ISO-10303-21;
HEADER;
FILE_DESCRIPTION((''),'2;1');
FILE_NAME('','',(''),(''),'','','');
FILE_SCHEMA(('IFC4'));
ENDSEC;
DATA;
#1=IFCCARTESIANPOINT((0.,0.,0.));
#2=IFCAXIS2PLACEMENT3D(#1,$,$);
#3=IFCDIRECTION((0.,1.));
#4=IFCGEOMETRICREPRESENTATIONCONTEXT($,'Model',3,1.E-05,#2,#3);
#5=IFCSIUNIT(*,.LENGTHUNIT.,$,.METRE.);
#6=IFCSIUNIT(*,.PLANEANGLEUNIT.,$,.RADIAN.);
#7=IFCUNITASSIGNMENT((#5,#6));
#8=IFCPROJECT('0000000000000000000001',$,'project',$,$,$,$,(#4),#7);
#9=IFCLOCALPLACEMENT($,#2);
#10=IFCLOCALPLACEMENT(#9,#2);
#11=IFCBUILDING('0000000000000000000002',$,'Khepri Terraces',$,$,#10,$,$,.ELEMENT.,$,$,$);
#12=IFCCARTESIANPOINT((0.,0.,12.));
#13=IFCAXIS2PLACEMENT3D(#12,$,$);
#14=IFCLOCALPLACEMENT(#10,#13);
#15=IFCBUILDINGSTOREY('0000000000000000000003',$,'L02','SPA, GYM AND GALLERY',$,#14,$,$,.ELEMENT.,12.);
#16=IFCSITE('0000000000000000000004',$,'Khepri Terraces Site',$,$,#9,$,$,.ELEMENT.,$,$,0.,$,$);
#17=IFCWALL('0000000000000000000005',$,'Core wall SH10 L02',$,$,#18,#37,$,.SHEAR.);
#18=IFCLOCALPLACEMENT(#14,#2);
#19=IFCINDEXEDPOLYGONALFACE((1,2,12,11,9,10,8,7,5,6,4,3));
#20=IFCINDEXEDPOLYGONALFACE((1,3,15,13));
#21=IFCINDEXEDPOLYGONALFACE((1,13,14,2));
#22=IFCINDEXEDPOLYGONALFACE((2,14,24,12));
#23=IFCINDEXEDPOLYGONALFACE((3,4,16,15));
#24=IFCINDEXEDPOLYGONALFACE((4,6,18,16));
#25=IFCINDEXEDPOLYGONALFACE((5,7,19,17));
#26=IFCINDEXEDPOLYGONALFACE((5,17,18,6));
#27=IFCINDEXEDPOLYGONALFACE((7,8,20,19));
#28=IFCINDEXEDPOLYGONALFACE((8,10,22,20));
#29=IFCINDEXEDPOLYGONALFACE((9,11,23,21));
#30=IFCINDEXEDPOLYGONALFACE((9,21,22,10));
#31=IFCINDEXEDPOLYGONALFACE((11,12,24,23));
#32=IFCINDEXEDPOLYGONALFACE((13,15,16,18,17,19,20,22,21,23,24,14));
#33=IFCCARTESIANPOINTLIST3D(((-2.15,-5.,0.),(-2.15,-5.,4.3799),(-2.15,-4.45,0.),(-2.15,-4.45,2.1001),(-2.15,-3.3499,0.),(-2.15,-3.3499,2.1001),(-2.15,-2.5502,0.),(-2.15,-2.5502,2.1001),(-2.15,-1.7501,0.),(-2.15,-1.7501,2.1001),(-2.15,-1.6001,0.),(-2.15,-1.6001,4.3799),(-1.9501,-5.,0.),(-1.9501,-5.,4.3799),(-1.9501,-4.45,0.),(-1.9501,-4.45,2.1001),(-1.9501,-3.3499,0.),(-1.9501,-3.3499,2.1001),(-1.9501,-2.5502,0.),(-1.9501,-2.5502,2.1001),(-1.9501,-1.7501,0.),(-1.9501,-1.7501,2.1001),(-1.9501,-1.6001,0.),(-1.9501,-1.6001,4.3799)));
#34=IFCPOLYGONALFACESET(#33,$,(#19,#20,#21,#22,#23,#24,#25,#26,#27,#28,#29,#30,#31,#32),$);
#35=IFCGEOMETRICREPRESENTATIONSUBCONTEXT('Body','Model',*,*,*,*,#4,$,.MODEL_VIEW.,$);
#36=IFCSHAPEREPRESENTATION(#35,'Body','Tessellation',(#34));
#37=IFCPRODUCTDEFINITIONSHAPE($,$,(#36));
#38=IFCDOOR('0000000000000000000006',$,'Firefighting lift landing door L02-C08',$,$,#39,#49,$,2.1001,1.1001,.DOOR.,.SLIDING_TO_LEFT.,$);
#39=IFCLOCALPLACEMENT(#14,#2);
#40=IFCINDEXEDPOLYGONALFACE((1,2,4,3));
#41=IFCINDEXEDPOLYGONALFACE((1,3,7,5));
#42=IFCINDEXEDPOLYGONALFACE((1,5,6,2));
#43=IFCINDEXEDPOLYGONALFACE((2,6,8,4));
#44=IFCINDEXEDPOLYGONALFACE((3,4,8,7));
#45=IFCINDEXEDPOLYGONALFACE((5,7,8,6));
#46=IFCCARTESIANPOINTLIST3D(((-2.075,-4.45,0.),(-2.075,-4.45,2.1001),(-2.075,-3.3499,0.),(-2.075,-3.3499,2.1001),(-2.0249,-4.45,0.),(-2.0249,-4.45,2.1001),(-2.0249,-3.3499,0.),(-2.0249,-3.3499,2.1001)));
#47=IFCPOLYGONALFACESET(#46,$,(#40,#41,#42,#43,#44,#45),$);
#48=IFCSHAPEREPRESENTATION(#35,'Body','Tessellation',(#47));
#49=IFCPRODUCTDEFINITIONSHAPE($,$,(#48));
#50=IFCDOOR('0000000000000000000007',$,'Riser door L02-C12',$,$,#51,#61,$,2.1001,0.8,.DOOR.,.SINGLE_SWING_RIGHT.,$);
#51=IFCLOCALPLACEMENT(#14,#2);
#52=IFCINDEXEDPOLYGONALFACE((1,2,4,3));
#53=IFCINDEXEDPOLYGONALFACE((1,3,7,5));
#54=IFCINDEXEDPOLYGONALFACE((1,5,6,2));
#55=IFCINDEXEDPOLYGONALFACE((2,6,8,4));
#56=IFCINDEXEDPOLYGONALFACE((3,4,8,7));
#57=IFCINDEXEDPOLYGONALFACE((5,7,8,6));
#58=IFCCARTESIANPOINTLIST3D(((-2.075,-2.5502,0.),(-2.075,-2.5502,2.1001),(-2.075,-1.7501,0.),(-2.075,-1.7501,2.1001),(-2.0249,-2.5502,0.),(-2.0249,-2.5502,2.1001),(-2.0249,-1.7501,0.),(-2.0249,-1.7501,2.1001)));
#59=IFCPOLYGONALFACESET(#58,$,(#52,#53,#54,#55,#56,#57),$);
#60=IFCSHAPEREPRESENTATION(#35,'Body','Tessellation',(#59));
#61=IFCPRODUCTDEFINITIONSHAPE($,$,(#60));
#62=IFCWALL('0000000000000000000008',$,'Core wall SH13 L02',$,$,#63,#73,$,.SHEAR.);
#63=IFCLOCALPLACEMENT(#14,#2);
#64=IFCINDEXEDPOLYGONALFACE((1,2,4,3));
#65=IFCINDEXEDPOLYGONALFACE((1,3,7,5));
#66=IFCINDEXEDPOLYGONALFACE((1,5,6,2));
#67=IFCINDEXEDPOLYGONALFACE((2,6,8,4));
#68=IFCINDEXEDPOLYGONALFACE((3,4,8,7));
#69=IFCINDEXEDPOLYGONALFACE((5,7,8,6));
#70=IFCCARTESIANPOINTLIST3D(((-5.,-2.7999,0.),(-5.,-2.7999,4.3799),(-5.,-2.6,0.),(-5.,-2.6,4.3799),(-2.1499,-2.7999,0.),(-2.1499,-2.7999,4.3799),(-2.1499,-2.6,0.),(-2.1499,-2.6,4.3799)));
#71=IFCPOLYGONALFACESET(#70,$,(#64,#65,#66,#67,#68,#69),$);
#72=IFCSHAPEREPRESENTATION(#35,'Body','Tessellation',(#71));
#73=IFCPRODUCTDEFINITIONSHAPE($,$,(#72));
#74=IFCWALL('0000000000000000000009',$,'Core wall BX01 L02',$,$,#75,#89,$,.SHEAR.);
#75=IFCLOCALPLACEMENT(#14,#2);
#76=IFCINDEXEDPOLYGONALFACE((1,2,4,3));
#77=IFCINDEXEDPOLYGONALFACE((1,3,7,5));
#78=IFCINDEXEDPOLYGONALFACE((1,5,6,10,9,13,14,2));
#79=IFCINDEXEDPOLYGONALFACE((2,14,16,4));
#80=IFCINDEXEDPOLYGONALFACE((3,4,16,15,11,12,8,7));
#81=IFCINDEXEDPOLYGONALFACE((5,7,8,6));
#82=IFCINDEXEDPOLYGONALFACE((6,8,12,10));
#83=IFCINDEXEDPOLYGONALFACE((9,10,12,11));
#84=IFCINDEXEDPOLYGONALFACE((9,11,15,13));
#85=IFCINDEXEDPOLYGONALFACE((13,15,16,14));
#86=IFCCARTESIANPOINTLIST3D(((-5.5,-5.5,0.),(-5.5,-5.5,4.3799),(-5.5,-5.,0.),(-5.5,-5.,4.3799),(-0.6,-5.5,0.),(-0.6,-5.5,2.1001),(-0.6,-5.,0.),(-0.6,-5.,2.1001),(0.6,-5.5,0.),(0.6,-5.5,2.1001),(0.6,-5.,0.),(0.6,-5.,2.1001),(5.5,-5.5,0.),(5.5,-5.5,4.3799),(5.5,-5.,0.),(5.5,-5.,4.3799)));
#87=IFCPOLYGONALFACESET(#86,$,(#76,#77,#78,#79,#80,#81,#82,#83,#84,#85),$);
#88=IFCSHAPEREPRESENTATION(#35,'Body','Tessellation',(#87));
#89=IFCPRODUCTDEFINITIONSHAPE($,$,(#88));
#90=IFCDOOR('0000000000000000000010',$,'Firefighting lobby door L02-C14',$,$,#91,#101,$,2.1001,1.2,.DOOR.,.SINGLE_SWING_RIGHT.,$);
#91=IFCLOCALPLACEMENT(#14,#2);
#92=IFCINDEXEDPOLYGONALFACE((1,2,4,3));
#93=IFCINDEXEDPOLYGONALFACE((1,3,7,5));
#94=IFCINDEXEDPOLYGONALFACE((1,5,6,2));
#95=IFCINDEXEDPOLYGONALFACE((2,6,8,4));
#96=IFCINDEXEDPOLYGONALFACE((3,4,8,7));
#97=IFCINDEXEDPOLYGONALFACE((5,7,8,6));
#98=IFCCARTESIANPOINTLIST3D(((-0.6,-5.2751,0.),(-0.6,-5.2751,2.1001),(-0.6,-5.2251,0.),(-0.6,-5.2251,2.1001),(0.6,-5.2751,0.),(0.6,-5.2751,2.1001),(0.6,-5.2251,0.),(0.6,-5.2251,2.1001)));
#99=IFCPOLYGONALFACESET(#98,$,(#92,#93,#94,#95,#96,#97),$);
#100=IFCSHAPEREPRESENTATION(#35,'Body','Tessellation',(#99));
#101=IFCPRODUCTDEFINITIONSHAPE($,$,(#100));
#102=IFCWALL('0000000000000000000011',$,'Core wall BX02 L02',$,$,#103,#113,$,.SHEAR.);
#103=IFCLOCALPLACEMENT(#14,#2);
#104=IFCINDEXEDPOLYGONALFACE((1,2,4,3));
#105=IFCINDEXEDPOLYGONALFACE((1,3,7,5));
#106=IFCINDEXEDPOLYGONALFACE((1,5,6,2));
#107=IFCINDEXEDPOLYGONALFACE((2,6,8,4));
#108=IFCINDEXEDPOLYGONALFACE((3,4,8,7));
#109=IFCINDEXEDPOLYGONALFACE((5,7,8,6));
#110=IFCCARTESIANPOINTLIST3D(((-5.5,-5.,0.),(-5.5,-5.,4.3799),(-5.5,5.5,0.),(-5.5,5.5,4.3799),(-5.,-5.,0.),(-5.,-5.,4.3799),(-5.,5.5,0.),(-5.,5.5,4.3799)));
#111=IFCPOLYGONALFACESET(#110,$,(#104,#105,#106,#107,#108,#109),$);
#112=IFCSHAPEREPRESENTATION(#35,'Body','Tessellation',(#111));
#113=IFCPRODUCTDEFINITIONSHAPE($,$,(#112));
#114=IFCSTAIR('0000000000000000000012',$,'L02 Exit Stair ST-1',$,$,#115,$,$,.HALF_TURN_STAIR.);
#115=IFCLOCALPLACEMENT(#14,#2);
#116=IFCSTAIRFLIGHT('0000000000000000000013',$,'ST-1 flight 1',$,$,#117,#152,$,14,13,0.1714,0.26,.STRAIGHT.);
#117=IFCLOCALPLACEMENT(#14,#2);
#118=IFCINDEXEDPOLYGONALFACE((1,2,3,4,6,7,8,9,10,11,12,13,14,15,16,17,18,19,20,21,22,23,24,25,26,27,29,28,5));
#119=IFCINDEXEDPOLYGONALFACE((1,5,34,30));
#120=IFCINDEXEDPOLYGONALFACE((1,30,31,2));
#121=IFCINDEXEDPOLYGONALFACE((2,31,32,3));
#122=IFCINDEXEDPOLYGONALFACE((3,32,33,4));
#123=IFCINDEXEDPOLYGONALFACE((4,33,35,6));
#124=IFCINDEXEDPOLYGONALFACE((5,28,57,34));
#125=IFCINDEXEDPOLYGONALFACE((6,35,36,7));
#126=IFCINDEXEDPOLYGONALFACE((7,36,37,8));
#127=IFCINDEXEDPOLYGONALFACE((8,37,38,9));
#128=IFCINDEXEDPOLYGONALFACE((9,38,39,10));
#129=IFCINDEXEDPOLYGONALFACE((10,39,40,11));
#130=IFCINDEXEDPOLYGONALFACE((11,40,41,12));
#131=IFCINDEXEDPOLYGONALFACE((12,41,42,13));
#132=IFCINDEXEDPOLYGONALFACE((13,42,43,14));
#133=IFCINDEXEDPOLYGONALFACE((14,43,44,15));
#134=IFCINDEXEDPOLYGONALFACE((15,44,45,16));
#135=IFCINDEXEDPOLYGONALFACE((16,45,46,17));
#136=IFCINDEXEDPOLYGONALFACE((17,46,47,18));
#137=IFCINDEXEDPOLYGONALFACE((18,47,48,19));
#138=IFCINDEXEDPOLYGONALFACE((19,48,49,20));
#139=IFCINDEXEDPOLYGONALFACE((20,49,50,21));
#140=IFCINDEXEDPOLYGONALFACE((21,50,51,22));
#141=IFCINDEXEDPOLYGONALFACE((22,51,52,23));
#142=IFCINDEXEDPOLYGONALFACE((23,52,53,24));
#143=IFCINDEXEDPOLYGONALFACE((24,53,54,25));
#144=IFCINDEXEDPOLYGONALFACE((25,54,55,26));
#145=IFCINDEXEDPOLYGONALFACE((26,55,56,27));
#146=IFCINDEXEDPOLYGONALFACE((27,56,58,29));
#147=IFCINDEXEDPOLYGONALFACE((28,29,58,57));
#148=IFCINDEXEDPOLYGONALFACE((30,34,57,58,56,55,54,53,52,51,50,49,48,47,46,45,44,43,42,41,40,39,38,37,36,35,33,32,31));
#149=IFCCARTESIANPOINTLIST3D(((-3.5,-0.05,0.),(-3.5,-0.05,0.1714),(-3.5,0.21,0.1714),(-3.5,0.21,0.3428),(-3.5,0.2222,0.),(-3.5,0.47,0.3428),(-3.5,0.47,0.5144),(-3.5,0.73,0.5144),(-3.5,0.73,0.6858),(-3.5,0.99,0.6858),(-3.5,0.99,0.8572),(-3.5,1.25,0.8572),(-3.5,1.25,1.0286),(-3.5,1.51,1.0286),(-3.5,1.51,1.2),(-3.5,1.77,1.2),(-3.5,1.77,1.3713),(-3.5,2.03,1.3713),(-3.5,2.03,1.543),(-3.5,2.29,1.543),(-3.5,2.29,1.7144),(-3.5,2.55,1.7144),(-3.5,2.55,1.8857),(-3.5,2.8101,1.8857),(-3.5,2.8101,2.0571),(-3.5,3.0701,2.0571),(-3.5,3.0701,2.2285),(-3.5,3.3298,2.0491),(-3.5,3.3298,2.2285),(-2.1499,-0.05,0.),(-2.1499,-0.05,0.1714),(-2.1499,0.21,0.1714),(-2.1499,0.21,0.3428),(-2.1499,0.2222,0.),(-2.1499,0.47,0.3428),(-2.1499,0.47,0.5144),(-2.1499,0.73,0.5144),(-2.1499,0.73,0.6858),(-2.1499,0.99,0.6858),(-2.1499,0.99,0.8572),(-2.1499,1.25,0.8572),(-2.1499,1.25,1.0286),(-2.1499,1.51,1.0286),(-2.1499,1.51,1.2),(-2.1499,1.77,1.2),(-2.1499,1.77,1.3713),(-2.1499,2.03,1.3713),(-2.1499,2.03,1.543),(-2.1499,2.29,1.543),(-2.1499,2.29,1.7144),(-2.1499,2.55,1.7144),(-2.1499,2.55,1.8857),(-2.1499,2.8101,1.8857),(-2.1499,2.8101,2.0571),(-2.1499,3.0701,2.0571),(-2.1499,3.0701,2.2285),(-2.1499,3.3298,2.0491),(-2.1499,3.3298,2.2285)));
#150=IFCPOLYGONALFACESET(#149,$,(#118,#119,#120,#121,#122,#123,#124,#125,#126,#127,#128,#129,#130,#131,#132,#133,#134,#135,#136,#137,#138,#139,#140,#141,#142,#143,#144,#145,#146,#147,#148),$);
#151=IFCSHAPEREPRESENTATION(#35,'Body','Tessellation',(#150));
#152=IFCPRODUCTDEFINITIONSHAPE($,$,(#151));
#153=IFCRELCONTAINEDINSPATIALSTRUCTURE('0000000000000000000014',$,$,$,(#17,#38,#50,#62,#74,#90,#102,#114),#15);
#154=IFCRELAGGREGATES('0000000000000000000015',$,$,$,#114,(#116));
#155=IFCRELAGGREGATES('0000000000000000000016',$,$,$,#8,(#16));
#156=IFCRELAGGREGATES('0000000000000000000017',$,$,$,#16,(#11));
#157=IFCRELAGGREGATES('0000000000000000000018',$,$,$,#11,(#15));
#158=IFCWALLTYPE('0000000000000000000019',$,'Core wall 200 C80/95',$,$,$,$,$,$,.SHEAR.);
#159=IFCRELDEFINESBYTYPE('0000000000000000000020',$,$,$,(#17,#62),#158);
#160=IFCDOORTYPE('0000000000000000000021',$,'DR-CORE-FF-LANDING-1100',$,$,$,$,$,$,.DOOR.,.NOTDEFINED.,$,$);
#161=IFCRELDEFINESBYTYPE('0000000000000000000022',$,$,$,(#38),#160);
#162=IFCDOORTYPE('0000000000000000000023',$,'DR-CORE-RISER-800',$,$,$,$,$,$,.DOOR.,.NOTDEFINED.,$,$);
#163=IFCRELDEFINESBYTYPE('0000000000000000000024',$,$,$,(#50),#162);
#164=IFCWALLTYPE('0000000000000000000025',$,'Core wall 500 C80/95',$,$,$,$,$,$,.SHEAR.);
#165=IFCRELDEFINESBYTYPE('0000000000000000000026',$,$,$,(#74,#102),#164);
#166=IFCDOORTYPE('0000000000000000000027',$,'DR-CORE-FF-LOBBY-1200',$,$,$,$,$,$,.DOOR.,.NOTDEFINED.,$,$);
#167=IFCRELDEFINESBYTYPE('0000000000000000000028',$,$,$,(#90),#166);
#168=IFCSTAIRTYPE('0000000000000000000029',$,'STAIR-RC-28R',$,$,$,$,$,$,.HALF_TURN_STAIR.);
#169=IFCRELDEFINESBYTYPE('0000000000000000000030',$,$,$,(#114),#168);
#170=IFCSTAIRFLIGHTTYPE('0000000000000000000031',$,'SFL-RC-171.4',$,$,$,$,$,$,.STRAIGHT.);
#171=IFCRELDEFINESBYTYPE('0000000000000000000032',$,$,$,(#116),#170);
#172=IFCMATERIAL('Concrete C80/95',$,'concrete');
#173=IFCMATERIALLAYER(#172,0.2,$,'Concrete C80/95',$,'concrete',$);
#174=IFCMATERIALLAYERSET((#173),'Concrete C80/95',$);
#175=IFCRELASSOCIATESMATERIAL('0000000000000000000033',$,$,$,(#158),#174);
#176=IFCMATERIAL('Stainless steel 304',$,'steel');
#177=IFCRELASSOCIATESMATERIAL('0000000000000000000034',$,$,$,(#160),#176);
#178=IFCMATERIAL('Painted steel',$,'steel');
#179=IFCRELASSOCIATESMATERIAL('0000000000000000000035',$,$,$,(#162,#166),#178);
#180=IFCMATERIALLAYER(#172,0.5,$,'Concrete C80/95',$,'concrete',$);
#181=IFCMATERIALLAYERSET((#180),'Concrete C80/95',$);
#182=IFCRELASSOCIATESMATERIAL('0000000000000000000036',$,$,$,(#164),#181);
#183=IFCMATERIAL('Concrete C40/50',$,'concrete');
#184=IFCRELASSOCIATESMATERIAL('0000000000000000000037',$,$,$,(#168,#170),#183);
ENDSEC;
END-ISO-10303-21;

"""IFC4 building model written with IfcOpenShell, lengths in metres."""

from ifc_helpers import new_model, si_unit, direction, frame, frame_2d, origin, place, context, subcontext, project, spatial, polyline, rectangle, outline, extrude, material, layer, layer_set, type_object, element, fill, aggregate, save


model = new_model("IFC4")

# Units and contexts
model_context = context("Model", 3, precision=1e-05, world=origin(), true_north=direction((0.0, 1.0)))
body_context = subcontext(model_context, "Body", "Model", "MODEL_VIEW")
ifc_project = project(units=[si_unit("LENGTHUNIT", "METRE"), si_unit("PLANEANGLEUNIT", "RADIAN")], contexts=[model_context])

# Site, building, storey
site_placement = place(None, origin())
site = spatial("IfcSite", under=ifc_project, at=site_placement, Name="Khepri Terraces Site", CompositionType="ELEMENT", RefElevation=0.0)
building_placement = place(site_placement, origin())
building = spatial("IfcBuilding", under=site, at=building_placement, Name="Khepri Terraces", CompositionType="ELEMENT")
storey_placement = place(building_placement, frame((0.0, 0.0, 12.0)))
storey = spatial("IfcBuildingStorey", under=building, at=storey_placement, Name="L02", Description="SPA, GYM AND GALLERY", CompositionType="ELEMENT", Elevation=12.0)

# Shared definitions
ifc_material_1 = material(Name="Concrete C40/50", Category="concrete")

# Shared definitions
ifc_material_2 = material(Name="Concrete C80/95", Category="concrete")
ifc_layer_1 = layer(ifc_material_2, 0.2, Name="Concrete C80/95", Category="concrete")
ifc_layer_set_1 = layer_set([ifc_layer_1], Name="Concrete C80/95")
wall_type_1 = type_object("IfcWallType", Name="Core wall 200 C80/95", PredefinedType="SHEAR", material=ifc_layer_set_1)

# Shared definitions
ifc_material_3 = material(Name="Painted steel", Category="steel")

# Wall, openings, doors
wall_1_placement = place(storey_placement, frame((-2.05, -5.0, 0.0), z_axis=(0.0, 0.0, 1.0), x_axis=(0.0, 1.0, 0.0)))
wall_1 = element("IfcWall", 1, at=wall_1_placement, inside=storey, type_object=wall_type_1, Name="Core wall SH10 L02", PredefinedType="SHEAR", context=body_context, shape_type="SweptSolid", body=[
    extrude(rectangle(XDim=3.3999, YDim=0.2, at=frame_2d((1.7, 0.0))), origin(), (0.0, 0.0, 1.0), 4.3799),
])
opening_1_placement = place(wall_1_placement, frame((0.55, 0.0, 0.0)))
opening_1 = element("IfcOpeningElement", 2, at=opening_1_placement, cuts=wall_1, PredefinedType="OPENING", context=body_context, shape_type="SweptSolid", body=[
    extrude(rectangle(XDim=1.1001, YDim=2.1001, at=frame_2d((0.55, 1.05))), frame((0.0, 0.1099, 0.0), z_axis=(0.0, -1.0, 0.0), x_axis=(1.0, 0.0, 0.0)), (0.0, 0.0, 1.0), 0.22),
])
opening_2_placement = place(wall_1_placement, frame((2.45, 0.0, 0.0)))
opening_2 = element("IfcOpeningElement", 3, at=opening_2_placement, cuts=wall_1, PredefinedType="OPENING", context=body_context, shape_type="SweptSolid", body=[
    extrude(rectangle(XDim=0.8, YDim=2.1001, at=frame_2d((0.3999, 1.05))), frame((0.0, 0.1099, 0.0), z_axis=(0.0, -1.0, 0.0), x_axis=(1.0, 0.0, 0.0)), (0.0, 0.0, 1.0), 0.22),
])
ifc_material_4 = material(Name="Stainless steel 304", Category="steel")
door_type_1 = type_object("IfcDoorType", Name="DR-CORE-FF-LANDING-1100", OperationType="NOTDEFINED", PredefinedType="DOOR", material=ifc_material_4)
door_1_placement = place(opening_1_placement, origin())
door_1 = element("IfcDoor", 4, at=door_1_placement, inside=storey, type_object=door_type_1, Name="Firefighting lift landing door L02-C08", OperationType="SLIDING_TO_LEFT", OverallHeight=2.1001, OverallWidth=1.1001, PredefinedType="DOOR", context=body_context, shape_type="SweptSolid", body=[
    extrude(rectangle(XDim=1.1001, YDim=2.1001, at=frame_2d((0.55, 1.05))), frame((0.0, 0.0249, 0.0), z_axis=(0.0, -1.0, 0.0), x_axis=(1.0, 0.0, 0.0)), (0.0, 0.0, 1.0), 0.05),
])
fill(opening_1, door_1)
door_type_2 = type_object("IfcDoorType", Name="DR-CORE-RISER-800", OperationType="NOTDEFINED", PredefinedType="DOOR", material=ifc_material_3)
door_2_placement = place(opening_2_placement, origin())
door_2 = element("IfcDoor", 5, at=door_2_placement, inside=storey, type_object=door_type_2, Name="Riser door L02-C12", OperationType="SINGLE_SWING_RIGHT", OverallHeight=2.1001, OverallWidth=0.8, PredefinedType="DOOR", context=body_context, shape_type="SweptSolid", body=[
    extrude(rectangle(XDim=0.8, YDim=2.1001, at=frame_2d((0.3999, 1.05))), frame((0.0, 0.0249, 0.0), z_axis=(0.0, -1.0, 0.0), x_axis=(1.0, 0.0, 0.0)), (0.0, 0.0, 1.0), 0.05),
])
fill(opening_2, door_2)

# Wall
wall_2_placement = place(storey_placement, frame((-5.0, -2.7, 0.0), z_axis=(0.0, 0.0, 1.0), x_axis=(1.0, 0.0, 0.0)))
element("IfcWall", 6, at=wall_2_placement, inside=storey, type_object=wall_type_1, Name="Core wall SH13 L02", PredefinedType="SHEAR", context=body_context, shape_type="SweptSolid", body=[
    extrude(rectangle(XDim=2.8501, YDim=0.2, at=frame_2d((1.425, 0.0))), origin(), (0.0, 0.0, 1.0), 4.3799),
])

# Wall, opening, door
ifc_layer_2 = layer(ifc_material_2, 0.5, Name="Concrete C80/95", Category="concrete")
ifc_layer_set_2 = layer_set([ifc_layer_2], Name="Concrete C80/95")
wall_type_2 = type_object("IfcWallType", Name="Core wall 500 C80/95", PredefinedType="SHEAR", material=ifc_layer_set_2)
wall_3_placement = place(storey_placement, frame((-5.5, -5.25, 0.0), z_axis=(0.0, 0.0, 1.0), x_axis=(1.0, 0.0, 0.0)))
wall_3 = element("IfcWall", 7, at=wall_3_placement, inside=storey, type_object=wall_type_2, Name="Core wall BX01 L02", PredefinedType="SHEAR", context=body_context, shape_type="SweptSolid", body=[
    extrude(rectangle(XDim=11.0, YDim=0.5, at=frame_2d((5.5, 0.0))), origin(), (0.0, 0.0, 1.0), 4.3799),
])
opening_3_placement = place(wall_3_placement, frame((4.8999, 0.0, 0.0)))
opening_3 = element("IfcOpeningElement", 8, at=opening_3_placement, cuts=wall_3, PredefinedType="OPENING", context=body_context, shape_type="SweptSolid", body=[
    extrude(rectangle(XDim=1.2, YDim=2.1001, at=frame_2d((0.6001, 1.05))), frame((0.0, 0.26, 0.0), z_axis=(0.0, -1.0, 0.0), x_axis=(1.0, 0.0, 0.0)), (0.0, 0.0, 1.0), 0.52),
])
door_type_3 = type_object("IfcDoorType", Name="DR-CORE-FF-LOBBY-1200", OperationType="NOTDEFINED", PredefinedType="DOOR", material=ifc_material_3)
door_3_placement = place(opening_3_placement, origin())
door_3 = element("IfcDoor", 9, at=door_3_placement, inside=storey, type_object=door_type_3, Name="Firefighting lobby door L02-C14", OperationType="SINGLE_SWING_RIGHT", OverallHeight=2.1001, OverallWidth=1.2, PredefinedType="DOOR", context=body_context, shape_type="SweptSolid", body=[
    extrude(rectangle(XDim=1.2, YDim=2.1001, at=frame_2d((0.6001, 1.05))), frame((0.0, 0.0249, 0.0), z_axis=(0.0, -1.0, 0.0), x_axis=(1.0, 0.0, 0.0)), (0.0, 0.0, 1.0), 0.05),
])
fill(opening_3, door_3)

# Wall
wall_4_placement = place(storey_placement, frame((-5.25, -5.0, 0.0), z_axis=(0.0, 0.0, 1.0), x_axis=(0.0, 1.0, 0.0)))
element("IfcWall", 10, at=wall_4_placement, inside=storey, type_object=wall_type_2, Name="Core wall BX02 L02", PredefinedType="SHEAR", context=body_context, shape_type="SweptSolid", body=[
    extrude(rectangle(XDim=10.5, YDim=0.5, at=frame_2d((5.25, 0.0))), origin(), (0.0, 0.0, 1.0), 4.3799),
])

# Stair, stair flight
stair_type = type_object("IfcStairType", Name="STAIR-RC-28R", PredefinedType="HALF_TURN_STAIR", material=ifc_material_1)
stair_placement = place(storey_placement, origin())
stair = element("IfcStair", 11, at=stair_placement, inside=storey, type_object=stair_type, Name="L02 Exit Stair ST-1", PredefinedType="HALF_TURN_STAIR")
stair_flight_type = type_object("IfcStairFlightType", Name="SFL-RC-171.4", PredefinedType="STRAIGHT", material=ifc_material_1)
stair_flight_placement = place(storey_placement, frame((-2.825, -0.05, 0.0), z_axis=(0.0, 0.0, 1.0), x_axis=(0.0, 1.0, 0.0)))
stair_flight = element("IfcStairFlight", 12, at=stair_flight_placement, type_object=stair_flight_type, Name="ST-1 flight 1", NumberOfRisers=14, NumberOfTreads=13, PredefinedType="STRAIGHT", RiserHeight=0.1714, TreadLength=0.26, context=body_context, shape_type="SweptSolid", body=[
    extrude(outline(polyline([(0.0, 0.0), (0.0, 0.1714), (0.26, 0.1714), (0.26, 0.3428), (0.52, 0.3428), (0.52, 0.5144), (0.78, 0.5144), (0.78, 0.6858), (1.04, 0.6858), (1.04, 0.8572), (1.3, 0.8572), (1.3, 1.0286), (1.5601, 1.0286), (1.5601, 1.2), (1.8201, 1.2), (1.8201, 1.3713), (2.0801, 1.3713), (2.0801, 1.543), (2.3401, 1.543), (2.3401, 1.7144), (2.6001, 1.7144), (2.6001, 1.8857), (2.8601, 1.8857), (2.8601, 2.0571), (3.1201, 2.0571), (3.1201, 2.2285), (3.3799, 2.2285), (3.3799, 2.3999), (3.3799, 2.0491), (0.2722, 0.0), (0.0, 0.0)])), frame((0.0, 0.675, 0.0), z_axis=(0.0, -1.0, 0.0), x_axis=(1.0, 0.0, 0.0)), (0.0, 0.0, 1.0), 1.3501),
])
aggregate(stair, [stair_flight])

save(model, "model.ifc")
